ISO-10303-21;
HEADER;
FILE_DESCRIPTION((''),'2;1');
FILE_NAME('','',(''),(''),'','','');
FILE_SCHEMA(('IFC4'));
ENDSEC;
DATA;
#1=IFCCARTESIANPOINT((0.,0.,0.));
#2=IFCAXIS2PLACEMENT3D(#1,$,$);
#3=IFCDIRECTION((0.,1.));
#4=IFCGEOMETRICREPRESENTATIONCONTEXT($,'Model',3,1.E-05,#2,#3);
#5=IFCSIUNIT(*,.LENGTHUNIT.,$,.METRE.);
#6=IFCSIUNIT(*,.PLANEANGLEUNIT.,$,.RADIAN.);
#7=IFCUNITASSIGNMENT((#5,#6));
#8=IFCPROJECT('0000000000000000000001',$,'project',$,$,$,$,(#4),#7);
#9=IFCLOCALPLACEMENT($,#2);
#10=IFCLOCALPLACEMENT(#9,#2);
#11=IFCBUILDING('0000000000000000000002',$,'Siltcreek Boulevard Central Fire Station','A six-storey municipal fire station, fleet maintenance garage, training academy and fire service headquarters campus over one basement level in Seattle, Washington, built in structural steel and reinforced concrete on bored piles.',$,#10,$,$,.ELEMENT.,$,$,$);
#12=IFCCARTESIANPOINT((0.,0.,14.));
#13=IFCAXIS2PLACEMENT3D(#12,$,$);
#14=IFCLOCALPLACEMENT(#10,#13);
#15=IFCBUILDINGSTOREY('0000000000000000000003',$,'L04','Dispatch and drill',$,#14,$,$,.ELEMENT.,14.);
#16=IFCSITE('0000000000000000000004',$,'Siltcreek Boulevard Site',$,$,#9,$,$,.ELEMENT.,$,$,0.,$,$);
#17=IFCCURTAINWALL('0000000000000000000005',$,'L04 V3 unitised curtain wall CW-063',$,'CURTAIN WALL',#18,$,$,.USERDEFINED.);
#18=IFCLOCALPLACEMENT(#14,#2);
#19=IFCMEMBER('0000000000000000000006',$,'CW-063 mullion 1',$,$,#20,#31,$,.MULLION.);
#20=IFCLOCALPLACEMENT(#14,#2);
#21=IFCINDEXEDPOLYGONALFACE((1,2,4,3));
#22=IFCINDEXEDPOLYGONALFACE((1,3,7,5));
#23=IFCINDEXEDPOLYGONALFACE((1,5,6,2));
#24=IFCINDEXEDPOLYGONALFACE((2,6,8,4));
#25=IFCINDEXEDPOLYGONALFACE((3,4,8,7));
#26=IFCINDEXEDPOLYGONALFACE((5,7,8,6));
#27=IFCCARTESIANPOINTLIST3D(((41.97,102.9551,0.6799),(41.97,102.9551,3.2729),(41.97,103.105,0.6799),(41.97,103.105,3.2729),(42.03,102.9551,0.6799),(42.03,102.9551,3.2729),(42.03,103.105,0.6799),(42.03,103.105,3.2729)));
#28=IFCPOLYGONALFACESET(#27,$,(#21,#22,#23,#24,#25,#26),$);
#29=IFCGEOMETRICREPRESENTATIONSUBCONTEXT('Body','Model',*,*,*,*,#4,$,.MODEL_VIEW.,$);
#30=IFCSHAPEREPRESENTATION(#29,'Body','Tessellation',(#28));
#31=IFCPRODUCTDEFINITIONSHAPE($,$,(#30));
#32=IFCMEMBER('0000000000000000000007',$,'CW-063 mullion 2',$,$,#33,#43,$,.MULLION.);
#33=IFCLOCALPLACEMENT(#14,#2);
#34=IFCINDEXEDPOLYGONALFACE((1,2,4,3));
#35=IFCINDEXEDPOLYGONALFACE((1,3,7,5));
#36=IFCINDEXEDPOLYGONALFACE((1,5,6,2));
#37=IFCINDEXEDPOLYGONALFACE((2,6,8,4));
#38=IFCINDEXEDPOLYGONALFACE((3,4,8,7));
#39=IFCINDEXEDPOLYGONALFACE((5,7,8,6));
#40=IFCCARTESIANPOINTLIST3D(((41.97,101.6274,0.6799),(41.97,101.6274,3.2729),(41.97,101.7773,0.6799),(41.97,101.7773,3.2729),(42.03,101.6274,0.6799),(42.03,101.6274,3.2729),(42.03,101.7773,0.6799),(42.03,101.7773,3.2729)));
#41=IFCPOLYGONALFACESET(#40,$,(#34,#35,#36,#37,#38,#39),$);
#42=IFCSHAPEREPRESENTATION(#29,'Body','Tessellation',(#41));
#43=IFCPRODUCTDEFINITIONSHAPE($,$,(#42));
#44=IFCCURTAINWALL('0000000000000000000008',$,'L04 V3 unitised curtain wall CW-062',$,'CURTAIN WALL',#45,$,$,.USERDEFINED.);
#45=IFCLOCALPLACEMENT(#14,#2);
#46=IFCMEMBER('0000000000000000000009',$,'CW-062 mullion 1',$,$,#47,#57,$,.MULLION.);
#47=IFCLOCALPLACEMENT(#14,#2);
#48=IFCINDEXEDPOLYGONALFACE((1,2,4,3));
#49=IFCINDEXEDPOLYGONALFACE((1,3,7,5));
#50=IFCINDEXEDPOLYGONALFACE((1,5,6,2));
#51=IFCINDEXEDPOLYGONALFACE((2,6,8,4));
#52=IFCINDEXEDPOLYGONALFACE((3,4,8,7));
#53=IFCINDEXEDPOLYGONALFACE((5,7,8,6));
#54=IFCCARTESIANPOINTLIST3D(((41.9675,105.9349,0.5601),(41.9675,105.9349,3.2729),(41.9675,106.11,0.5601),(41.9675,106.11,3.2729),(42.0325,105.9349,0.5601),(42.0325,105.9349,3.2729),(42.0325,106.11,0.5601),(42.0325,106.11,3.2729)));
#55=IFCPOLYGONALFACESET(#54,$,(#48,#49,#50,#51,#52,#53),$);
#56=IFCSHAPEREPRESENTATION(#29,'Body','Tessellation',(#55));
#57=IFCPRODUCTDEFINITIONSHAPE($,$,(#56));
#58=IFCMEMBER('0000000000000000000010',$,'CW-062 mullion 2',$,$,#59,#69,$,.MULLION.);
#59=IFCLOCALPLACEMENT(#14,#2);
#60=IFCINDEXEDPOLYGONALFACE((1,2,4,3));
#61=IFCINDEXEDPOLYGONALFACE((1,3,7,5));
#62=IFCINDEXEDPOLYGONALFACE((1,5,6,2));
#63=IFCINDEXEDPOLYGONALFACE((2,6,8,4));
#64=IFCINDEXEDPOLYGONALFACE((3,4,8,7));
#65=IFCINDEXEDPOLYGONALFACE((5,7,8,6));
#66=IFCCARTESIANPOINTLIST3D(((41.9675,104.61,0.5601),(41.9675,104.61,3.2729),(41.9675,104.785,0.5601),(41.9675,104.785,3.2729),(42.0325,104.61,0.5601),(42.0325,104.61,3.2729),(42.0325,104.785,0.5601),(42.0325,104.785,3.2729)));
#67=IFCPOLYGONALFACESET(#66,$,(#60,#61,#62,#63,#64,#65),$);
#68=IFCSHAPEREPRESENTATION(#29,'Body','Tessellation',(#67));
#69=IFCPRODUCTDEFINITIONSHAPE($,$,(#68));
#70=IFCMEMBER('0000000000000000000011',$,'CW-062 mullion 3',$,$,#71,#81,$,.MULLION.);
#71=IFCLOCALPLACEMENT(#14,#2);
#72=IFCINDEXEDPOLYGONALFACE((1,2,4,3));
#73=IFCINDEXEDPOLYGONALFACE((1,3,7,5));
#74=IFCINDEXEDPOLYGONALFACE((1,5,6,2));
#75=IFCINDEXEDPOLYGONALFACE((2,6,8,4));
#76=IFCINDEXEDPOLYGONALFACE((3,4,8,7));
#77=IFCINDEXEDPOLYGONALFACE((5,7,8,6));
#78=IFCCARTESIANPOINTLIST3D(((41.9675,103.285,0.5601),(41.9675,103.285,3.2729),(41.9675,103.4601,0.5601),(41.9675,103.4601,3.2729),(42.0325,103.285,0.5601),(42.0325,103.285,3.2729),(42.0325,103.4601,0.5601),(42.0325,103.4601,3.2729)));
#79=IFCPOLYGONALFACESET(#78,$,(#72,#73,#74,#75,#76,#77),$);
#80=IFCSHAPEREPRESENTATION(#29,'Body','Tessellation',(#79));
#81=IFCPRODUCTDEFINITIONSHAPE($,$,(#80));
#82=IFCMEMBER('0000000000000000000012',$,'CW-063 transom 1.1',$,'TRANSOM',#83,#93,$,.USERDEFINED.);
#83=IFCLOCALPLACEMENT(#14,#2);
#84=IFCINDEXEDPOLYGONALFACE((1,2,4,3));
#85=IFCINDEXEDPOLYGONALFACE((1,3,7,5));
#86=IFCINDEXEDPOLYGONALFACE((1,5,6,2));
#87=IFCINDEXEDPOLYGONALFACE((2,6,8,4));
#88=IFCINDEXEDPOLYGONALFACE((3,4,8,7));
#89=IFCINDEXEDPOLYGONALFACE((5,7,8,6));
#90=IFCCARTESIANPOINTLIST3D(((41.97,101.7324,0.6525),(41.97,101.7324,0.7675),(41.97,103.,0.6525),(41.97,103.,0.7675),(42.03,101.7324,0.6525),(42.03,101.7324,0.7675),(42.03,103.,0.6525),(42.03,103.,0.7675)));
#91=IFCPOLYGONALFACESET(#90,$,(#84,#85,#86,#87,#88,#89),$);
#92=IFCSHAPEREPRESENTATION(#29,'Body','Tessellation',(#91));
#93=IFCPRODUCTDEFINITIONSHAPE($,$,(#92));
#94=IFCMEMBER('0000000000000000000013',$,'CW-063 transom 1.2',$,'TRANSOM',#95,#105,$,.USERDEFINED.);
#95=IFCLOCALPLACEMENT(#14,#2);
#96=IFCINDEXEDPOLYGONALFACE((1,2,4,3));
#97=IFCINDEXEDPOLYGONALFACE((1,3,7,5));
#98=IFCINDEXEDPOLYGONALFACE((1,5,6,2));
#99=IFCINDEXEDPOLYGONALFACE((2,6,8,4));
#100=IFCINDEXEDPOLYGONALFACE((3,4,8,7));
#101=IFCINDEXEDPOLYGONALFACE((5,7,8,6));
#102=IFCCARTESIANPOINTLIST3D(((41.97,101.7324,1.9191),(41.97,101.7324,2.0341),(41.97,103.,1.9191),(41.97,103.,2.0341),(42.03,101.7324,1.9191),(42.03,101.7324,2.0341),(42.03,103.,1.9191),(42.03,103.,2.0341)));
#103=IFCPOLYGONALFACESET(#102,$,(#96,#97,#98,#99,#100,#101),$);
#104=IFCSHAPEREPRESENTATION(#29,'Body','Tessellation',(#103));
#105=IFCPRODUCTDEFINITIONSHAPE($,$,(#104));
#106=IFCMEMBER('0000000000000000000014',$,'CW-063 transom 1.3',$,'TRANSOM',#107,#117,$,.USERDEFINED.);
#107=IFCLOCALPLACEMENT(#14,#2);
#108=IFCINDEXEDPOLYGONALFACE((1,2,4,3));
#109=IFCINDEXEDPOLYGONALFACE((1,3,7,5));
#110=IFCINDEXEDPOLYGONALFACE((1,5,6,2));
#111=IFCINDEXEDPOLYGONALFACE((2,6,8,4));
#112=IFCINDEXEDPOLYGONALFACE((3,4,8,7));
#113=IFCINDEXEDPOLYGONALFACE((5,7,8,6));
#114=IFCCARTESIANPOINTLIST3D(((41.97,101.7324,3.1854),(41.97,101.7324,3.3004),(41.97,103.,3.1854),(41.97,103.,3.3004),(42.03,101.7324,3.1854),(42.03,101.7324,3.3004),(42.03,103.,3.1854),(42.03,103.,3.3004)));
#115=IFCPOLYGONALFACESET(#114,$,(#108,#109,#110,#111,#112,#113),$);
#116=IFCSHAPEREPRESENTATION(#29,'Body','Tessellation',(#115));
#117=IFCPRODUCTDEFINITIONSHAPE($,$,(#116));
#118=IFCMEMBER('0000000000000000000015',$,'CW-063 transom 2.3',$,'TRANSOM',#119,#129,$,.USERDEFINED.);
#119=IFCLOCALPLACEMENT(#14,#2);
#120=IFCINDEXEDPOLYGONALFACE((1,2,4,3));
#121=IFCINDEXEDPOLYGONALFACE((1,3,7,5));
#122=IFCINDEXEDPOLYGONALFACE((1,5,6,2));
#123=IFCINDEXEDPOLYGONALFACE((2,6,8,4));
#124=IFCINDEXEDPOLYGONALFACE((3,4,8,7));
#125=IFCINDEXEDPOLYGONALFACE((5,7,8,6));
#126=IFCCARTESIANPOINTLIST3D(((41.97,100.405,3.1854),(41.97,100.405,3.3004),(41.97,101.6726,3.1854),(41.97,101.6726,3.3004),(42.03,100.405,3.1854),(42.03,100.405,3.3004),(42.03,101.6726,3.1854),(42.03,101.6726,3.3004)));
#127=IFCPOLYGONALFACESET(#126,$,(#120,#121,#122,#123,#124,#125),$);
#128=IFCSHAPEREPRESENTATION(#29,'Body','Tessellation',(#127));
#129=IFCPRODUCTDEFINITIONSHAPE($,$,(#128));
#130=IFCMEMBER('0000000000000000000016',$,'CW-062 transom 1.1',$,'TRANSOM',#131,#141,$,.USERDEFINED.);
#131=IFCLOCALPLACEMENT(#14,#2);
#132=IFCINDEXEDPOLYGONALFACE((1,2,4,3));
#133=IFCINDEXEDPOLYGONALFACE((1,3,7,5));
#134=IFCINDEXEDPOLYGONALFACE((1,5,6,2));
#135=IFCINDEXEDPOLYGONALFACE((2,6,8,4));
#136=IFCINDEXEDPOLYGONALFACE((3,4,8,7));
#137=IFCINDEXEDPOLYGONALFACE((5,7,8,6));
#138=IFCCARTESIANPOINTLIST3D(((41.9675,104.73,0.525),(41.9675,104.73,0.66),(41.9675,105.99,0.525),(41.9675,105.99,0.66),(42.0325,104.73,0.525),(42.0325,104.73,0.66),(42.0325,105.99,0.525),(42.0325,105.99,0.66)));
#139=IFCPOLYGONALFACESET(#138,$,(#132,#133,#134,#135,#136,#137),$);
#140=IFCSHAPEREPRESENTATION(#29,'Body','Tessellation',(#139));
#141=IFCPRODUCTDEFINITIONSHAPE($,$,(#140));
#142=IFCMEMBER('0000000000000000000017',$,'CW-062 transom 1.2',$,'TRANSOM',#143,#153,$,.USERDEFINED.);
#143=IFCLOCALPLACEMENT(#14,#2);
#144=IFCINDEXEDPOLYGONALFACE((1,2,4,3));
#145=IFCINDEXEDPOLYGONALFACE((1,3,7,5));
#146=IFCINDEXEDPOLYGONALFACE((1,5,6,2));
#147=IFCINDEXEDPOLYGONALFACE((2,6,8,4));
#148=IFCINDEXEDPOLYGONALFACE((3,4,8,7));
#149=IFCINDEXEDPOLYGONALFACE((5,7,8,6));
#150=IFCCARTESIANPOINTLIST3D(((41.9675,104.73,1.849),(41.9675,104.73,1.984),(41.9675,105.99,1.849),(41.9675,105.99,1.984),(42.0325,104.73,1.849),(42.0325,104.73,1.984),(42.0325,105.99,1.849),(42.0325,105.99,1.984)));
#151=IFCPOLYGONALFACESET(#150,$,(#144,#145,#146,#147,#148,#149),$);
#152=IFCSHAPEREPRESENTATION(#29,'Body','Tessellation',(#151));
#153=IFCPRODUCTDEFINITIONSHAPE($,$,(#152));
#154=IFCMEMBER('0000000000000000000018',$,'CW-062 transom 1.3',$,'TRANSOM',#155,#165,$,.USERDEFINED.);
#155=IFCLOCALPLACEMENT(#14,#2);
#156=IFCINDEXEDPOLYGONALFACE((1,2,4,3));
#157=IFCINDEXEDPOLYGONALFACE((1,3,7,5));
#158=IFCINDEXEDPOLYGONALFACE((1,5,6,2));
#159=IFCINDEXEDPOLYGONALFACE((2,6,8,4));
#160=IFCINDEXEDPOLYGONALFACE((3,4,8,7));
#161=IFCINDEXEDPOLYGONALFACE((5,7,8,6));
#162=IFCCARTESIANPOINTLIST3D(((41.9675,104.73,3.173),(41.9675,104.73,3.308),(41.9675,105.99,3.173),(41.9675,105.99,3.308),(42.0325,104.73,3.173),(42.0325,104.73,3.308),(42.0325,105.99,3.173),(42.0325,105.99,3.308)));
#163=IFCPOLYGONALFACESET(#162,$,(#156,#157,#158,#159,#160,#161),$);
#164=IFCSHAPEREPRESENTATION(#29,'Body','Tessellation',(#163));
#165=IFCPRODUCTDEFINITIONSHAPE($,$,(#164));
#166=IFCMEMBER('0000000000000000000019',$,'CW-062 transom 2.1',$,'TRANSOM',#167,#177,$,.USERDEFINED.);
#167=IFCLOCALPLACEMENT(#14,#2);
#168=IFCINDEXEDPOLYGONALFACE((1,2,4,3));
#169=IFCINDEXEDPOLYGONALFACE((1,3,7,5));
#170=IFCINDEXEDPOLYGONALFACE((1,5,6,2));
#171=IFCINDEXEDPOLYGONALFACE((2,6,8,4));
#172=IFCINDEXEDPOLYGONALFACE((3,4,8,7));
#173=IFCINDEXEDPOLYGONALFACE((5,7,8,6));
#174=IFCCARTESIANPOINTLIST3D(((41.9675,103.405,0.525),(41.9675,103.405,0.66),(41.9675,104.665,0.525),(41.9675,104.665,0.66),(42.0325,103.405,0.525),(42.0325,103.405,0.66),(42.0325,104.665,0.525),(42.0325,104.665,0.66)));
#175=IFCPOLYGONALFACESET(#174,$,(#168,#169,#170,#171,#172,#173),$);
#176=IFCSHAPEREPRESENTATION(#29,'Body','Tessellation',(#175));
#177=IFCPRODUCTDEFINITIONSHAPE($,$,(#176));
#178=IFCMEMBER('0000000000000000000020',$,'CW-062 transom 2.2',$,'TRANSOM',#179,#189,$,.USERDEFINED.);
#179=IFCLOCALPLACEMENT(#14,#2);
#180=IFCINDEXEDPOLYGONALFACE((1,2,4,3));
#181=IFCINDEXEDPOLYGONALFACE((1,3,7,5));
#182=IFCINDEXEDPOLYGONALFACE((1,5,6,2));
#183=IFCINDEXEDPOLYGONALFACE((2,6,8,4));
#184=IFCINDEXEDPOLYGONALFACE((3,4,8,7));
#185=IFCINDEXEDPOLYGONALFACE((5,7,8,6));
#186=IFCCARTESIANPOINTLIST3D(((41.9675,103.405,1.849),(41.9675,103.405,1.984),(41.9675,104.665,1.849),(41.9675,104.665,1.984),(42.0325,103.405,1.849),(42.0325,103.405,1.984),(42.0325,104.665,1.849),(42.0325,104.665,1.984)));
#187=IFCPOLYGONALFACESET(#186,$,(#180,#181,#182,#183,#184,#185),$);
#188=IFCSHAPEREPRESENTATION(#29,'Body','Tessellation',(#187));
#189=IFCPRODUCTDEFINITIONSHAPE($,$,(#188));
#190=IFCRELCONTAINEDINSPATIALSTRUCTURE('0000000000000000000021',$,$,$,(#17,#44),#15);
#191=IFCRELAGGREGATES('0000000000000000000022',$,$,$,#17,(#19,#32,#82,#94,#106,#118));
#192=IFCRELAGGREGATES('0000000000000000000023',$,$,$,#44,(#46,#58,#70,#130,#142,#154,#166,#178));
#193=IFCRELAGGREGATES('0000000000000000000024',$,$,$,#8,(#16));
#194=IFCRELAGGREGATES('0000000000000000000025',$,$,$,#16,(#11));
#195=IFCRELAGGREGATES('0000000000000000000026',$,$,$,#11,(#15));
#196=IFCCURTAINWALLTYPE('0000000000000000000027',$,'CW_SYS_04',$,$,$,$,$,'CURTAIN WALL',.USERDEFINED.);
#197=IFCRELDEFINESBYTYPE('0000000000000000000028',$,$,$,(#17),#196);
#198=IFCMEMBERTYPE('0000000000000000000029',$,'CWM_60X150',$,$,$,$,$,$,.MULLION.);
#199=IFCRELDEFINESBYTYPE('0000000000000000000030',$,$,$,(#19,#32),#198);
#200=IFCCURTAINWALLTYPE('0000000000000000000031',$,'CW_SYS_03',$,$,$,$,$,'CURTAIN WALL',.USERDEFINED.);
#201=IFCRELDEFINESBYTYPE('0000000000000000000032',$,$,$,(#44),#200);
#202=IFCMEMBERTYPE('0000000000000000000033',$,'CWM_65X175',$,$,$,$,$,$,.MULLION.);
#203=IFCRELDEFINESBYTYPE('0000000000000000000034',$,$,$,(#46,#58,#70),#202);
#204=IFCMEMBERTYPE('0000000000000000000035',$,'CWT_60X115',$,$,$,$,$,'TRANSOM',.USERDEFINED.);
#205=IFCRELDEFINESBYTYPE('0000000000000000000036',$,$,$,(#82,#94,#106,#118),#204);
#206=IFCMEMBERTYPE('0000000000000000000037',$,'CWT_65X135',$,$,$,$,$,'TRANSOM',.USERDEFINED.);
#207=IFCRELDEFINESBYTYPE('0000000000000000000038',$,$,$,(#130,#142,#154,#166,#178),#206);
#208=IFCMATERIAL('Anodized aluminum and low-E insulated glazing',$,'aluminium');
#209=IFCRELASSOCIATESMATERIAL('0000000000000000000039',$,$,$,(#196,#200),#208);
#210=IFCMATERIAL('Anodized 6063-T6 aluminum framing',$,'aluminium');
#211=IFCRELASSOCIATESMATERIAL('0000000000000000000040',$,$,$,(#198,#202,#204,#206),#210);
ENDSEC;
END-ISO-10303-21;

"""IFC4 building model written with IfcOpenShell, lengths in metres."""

from ifc_helpers import new_model, si_unit, direction, frame, origin, origin_2d, place, context, subcontext, project, spatial, rectangle, extrude, material, material_profile, profile_set, type_object, element, aggregate, save


model = new_model("IFC4")

# Units and contexts
model_context = context("Model", 3, precision=1e-05, world=origin(), true_north=direction((0.0, 1.0)))
body_context = subcontext(model_context, "Body", "Model", "MODEL_VIEW")
ifc_project = project(units=[si_unit("LENGTHUNIT", "METRE"), si_unit("PLANEANGLEUNIT", "RADIAN")], contexts=[model_context])

# Site, building, storey
site_placement = place(None, origin())
site = spatial("IfcSite", under=ifc_project, at=site_placement, Name="Siltcreek Boulevard Site", CompositionType="ELEMENT", RefElevation=0.0)
building_placement = place(site_placement, origin())
building = spatial("IfcBuilding", under=site, at=building_placement, Name="Siltcreek Boulevard Central Fire Station", Description="A six-storey municipal fire station, fleet maintenance garage, training academy and fire service headquarters campus over one basement level in Seattle, Washington, built in structural steel and reinforced concrete on bored piles.", CompositionType="ELEMENT")
storey_placement = place(building_placement, frame((0.0, 0.0, 14.0)))
storey = spatial("IfcBuildingStorey", under=building, at=storey_placement, Name="L04", Description="Dispatch and drill", CompositionType="ELEMENT", Elevation=14.0)

# Curtain walls, members
ifc_material_1 = material(Name="Anodized aluminum and low-E insulated glazing", Category="aluminium")
curtain_wall_type_1 = type_object("IfcCurtainWallType", Name="CW_SYS_04", ElementType="CURTAIN WALL", PredefinedType="USERDEFINED", material=ifc_material_1)
curtain_wall_1_placement = place(storey_placement, origin())
curtain_wall_1 = element("IfcCurtainWall", 1, at=curtain_wall_1_placement, inside=storey, type_object=curtain_wall_type_1, Name="L04 V3 unitised curtain wall CW-063", ObjectType="CURTAIN WALL", PredefinedType="USERDEFINED")
ifc_material_2 = material(Name="Anodized 6063-T6 aluminum framing", Category="aluminium")
ifc_material_profile_1 = material_profile(ifc_material_2, rectangle(XDim=0.0601, YDim=0.1499, at=origin_2d()), Name="MULL60X150")
ifc_profile_set_1 = profile_set([ifc_material_profile_1], Name="Anodized 6063-T6 aluminum framing")
member_type_1 = type_object("IfcMemberType", Name="CWM_60X150", PredefinedType="MULLION", material=ifc_profile_set_1)
member_1_placement = place(storey_placement, frame((42.0, 103.03, 0.6799), z_axis=(0.0, 0.0, 1.0), x_axis=(1.0, 0.0, 0.0)))
member_1 = element("IfcMember", 2, at=member_1_placement, type_object=member_type_1, Name="CW-063 mullion 1", PredefinedType="MULLION", context=body_context, shape_type="SweptSolid", body=[
    extrude(rectangle(XDim=0.0601, YDim=0.1499, at=origin_2d()), origin(), (0.0, 0.0, 1.0), 2.593),
])
member_2_placement = place(storey_placement, frame((42.0, 101.7024, 0.6799), z_axis=(0.0, 0.0, 1.0), x_axis=(1.0, 0.0, 0.0)))
member_2 = element("IfcMember", 3, at=member_2_placement, type_object=member_type_1, Name="CW-063 mullion 2", PredefinedType="MULLION", context=body_context, shape_type="SweptSolid", body=[
    extrude(rectangle(XDim=0.0601, YDim=0.1499, at=origin_2d()), origin(), (0.0, 0.0, 1.0), 2.593),
])
curtain_wall_type_2 = type_object("IfcCurtainWallType", Name="CW_SYS_03", ElementType="CURTAIN WALL", PredefinedType="USERDEFINED", material=ifc_material_1)
curtain_wall_2_placement = place(storey_placement, origin())
curtain_wall_2 = element("IfcCurtainWall", 4, at=curtain_wall_2_placement, inside=storey, type_object=curtain_wall_type_2, Name="L04 V3 unitised curtain wall CW-062", ObjectType="CURTAIN WALL", PredefinedType="USERDEFINED")
ifc_material_profile_2 = material_profile(ifc_material_2, rectangle(XDim=0.0649, YDim=0.175, at=origin_2d()), Name="MULL65X175")
ifc_profile_set_2 = profile_set([ifc_material_profile_2], Name="Anodized 6063-T6 aluminum framing")
member_type_2 = type_object("IfcMemberType", Name="CWM_65X175", PredefinedType="MULLION", material=ifc_profile_set_2)
member_3_placement = place(storey_placement, frame((42.0, 106.0225, 0.5601), z_axis=(0.0, 0.0, 1.0), x_axis=(1.0, 0.0, 0.0)))
member_3 = element("IfcMember", 5, at=member_3_placement, type_object=member_type_2, Name="CW-062 mullion 1", PredefinedType="MULLION", context=body_context, shape_type="SweptSolid", body=[
    extrude(rectangle(XDim=0.0649, YDim=0.175, at=origin_2d()), origin(), (0.0, 0.0, 1.0), 2.7129),
])
member_4_placement = place(storey_placement, frame((42.0, 104.6975, 0.5601), z_axis=(0.0, 0.0, 1.0), x_axis=(1.0, 0.0, 0.0)))
member_4 = element("IfcMember", 6, at=member_4_placement, type_object=member_type_2, Name="CW-062 mullion 2", PredefinedType="MULLION", context=body_context, shape_type="SweptSolid", body=[
    extrude(rectangle(XDim=0.0649, YDim=0.175, at=origin_2d()), origin(), (0.0, 0.0, 1.0), 2.7129),
])
member_5_placement = place(storey_placement, frame((42.0, 103.3726, 0.5601), z_axis=(0.0, 0.0, 1.0), x_axis=(1.0, 0.0, 0.0)))
member_5 = element("IfcMember", 7, at=member_5_placement, type_object=member_type_2, Name="CW-062 mullion 3", PredefinedType="MULLION", context=body_context, shape_type="SweptSolid", body=[
    extrude(rectangle(XDim=0.0649, YDim=0.175, at=origin_2d()), origin(), (0.0, 0.0, 1.0), 2.7129),
])

# Members
ifc_material_profile_3 = material_profile(ifc_material_2, rectangle(XDim=0.0601, YDim=0.115, at=origin_2d()), Name="TRAN60X115")
ifc_profile_set_3 = profile_set([ifc_material_profile_3], Name="Anodized 6063-T6 aluminum framing")
member_type_3 = type_object("IfcMemberType", Name="CWT_60X115", ElementType="TRANSOM", PredefinedType="USERDEFINED", material=ifc_profile_set_3)
member_6_placement = place(storey_placement, frame((42.0, 103.0, 0.71), z_axis=(0.0, -1.0, 0.0), x_axis=(1.0, 0.0, 0.0)))
member_6 = element("IfcMember", 8, at=member_6_placement, type_object=member_type_3, Name="CW-063 transom 1.1", ObjectType="TRANSOM", PredefinedType="USERDEFINED", context=body_context, shape_type="SweptSolid", body=[
    extrude(rectangle(XDim=0.0601, YDim=0.115, at=origin_2d()), origin(), (0.0, 0.0, 1.0), 1.2676),
])
member_7_placement = place(storey_placement, frame((42.0, 103.0, 1.9766), z_axis=(0.0, -1.0, 0.0), x_axis=(1.0, 0.0, 0.0)))
member_7 = element("IfcMember", 9, at=member_7_placement, type_object=member_type_3, Name="CW-063 transom 1.2", ObjectType="TRANSOM", PredefinedType="USERDEFINED", context=body_context, shape_type="SweptSolid", body=[
    extrude(rectangle(XDim=0.0601, YDim=0.115, at=origin_2d()), origin(), (0.0, 0.0, 1.0), 1.2676),
])
member_8_placement = place(storey_placement, frame((42.0, 103.0, 3.2429), z_axis=(0.0, -1.0, 0.0), x_axis=(1.0, 0.0, 0.0)))
member_8 = element("IfcMember", 10, at=member_8_placement, type_object=member_type_3, Name="CW-063 transom 1.3", ObjectType="TRANSOM", PredefinedType="USERDEFINED", context=body_context, shape_type="SweptSolid", body=[
    extrude(rectangle(XDim=0.0601, YDim=0.115, at=origin_2d()), origin(), (0.0, 0.0, 1.0), 1.2676),
])
member_9_placement = place(storey_placement, frame((42.0, 101.6726, 3.2429), z_axis=(0.0, -1.0, 0.0), x_axis=(1.0, 0.0, 0.0)))
member_9 = element("IfcMember", 11, at=member_9_placement, type_object=member_type_3, Name="CW-063 transom 2.3", ObjectType="TRANSOM", PredefinedType="USERDEFINED", context=body_context, shape_type="SweptSolid", body=[
    extrude(rectangle(XDim=0.0601, YDim=0.115, at=origin_2d()), origin(), (0.0, 0.0, 1.0), 1.2676),
])
ifc_material_profile_4 = material_profile(ifc_material_2, rectangle(XDim=0.0649, YDim=0.135, at=origin_2d()), Name="TRAN65X135")
ifc_profile_set_4 = profile_set([ifc_material_profile_4], Name="Anodized 6063-T6 aluminum framing")
member_type_4 = type_object("IfcMemberType", Name="CWT_65X135", ElementType="TRANSOM", PredefinedType="USERDEFINED", material=ifc_profile_set_4)
member_10_placement = place(storey_placement, frame((42.0, 105.99, 0.5925), z_axis=(0.0, -1.0, 0.0), x_axis=(1.0, 0.0, 0.0)))
member_10 = element("IfcMember", 12, at=member_10_placement, type_object=member_type_4, Name="CW-062 transom 1.1", ObjectType="TRANSOM", PredefinedType="USERDEFINED", context=body_context, shape_type="SweptSolid", body=[
    extrude(rectangle(XDim=0.0649, YDim=0.135, at=origin_2d()), origin(), (0.0, 0.0, 1.0), 1.26),
])
member_11_placement = place(storey_placement, frame((42.0, 105.99, 1.9165), z_axis=(0.0, -1.0, 0.0), x_axis=(1.0, 0.0, 0.0)))
member_11 = element("IfcMember", 13, at=member_11_placement, type_object=member_type_4, Name="CW-062 transom 1.2", ObjectType="TRANSOM", PredefinedType="USERDEFINED", context=body_context, shape_type="SweptSolid", body=[
    extrude(rectangle(XDim=0.0649, YDim=0.135, at=origin_2d()), origin(), (0.0, 0.0, 1.0), 1.26),
])
member_12_placement = place(storey_placement, frame((42.0, 105.99, 3.2405), z_axis=(0.0, -1.0, 0.0), x_axis=(1.0, 0.0, 0.0)))
member_12 = element("IfcMember", 14, at=member_12_placement, type_object=member_type_4, Name="CW-062 transom 1.3", ObjectType="TRANSOM", PredefinedType="USERDEFINED", context=body_context, shape_type="SweptSolid", body=[
    extrude(rectangle(XDim=0.0649, YDim=0.135, at=origin_2d()), origin(), (0.0, 0.0, 1.0), 1.26),
])
member_13_placement = place(storey_placement, frame((42.0, 104.665, 0.5925), z_axis=(0.0, -1.0, 0.0), x_axis=(1.0, 0.0, 0.0)))
member_13 = element("IfcMember", 15, at=member_13_placement, type_object=member_type_4, Name="CW-062 transom 2.1", ObjectType="TRANSOM", PredefinedType="USERDEFINED", context=body_context, shape_type="SweptSolid", body=[
    extrude(rectangle(XDim=0.0649, YDim=0.135, at=origin_2d()), origin(), (0.0, 0.0, 1.0), 1.26),
])
member_14_placement = place(storey_placement, frame((42.0, 104.665, 1.9165), z_axis=(0.0, -1.0, 0.0), x_axis=(1.0, 0.0, 0.0)))
member_14 = element("IfcMember", 16, at=member_14_placement, type_object=member_type_4, Name="CW-062 transom 2.2", ObjectType="TRANSOM", PredefinedType="USERDEFINED", context=body_context, shape_type="SweptSolid", body=[
    extrude(rectangle(XDim=0.0649, YDim=0.135, at=origin_2d()), origin(), (0.0, 0.0, 1.0), 1.26),
])

aggregate(curtain_wall_1, [member_1, member_2, member_6, member_7, member_8, member_9])
aggregate(curtain_wall_2, [member_3, member_4, member_5, member_10, member_11, member_12, member_13, member_14])

save(model, "model.ifc")
